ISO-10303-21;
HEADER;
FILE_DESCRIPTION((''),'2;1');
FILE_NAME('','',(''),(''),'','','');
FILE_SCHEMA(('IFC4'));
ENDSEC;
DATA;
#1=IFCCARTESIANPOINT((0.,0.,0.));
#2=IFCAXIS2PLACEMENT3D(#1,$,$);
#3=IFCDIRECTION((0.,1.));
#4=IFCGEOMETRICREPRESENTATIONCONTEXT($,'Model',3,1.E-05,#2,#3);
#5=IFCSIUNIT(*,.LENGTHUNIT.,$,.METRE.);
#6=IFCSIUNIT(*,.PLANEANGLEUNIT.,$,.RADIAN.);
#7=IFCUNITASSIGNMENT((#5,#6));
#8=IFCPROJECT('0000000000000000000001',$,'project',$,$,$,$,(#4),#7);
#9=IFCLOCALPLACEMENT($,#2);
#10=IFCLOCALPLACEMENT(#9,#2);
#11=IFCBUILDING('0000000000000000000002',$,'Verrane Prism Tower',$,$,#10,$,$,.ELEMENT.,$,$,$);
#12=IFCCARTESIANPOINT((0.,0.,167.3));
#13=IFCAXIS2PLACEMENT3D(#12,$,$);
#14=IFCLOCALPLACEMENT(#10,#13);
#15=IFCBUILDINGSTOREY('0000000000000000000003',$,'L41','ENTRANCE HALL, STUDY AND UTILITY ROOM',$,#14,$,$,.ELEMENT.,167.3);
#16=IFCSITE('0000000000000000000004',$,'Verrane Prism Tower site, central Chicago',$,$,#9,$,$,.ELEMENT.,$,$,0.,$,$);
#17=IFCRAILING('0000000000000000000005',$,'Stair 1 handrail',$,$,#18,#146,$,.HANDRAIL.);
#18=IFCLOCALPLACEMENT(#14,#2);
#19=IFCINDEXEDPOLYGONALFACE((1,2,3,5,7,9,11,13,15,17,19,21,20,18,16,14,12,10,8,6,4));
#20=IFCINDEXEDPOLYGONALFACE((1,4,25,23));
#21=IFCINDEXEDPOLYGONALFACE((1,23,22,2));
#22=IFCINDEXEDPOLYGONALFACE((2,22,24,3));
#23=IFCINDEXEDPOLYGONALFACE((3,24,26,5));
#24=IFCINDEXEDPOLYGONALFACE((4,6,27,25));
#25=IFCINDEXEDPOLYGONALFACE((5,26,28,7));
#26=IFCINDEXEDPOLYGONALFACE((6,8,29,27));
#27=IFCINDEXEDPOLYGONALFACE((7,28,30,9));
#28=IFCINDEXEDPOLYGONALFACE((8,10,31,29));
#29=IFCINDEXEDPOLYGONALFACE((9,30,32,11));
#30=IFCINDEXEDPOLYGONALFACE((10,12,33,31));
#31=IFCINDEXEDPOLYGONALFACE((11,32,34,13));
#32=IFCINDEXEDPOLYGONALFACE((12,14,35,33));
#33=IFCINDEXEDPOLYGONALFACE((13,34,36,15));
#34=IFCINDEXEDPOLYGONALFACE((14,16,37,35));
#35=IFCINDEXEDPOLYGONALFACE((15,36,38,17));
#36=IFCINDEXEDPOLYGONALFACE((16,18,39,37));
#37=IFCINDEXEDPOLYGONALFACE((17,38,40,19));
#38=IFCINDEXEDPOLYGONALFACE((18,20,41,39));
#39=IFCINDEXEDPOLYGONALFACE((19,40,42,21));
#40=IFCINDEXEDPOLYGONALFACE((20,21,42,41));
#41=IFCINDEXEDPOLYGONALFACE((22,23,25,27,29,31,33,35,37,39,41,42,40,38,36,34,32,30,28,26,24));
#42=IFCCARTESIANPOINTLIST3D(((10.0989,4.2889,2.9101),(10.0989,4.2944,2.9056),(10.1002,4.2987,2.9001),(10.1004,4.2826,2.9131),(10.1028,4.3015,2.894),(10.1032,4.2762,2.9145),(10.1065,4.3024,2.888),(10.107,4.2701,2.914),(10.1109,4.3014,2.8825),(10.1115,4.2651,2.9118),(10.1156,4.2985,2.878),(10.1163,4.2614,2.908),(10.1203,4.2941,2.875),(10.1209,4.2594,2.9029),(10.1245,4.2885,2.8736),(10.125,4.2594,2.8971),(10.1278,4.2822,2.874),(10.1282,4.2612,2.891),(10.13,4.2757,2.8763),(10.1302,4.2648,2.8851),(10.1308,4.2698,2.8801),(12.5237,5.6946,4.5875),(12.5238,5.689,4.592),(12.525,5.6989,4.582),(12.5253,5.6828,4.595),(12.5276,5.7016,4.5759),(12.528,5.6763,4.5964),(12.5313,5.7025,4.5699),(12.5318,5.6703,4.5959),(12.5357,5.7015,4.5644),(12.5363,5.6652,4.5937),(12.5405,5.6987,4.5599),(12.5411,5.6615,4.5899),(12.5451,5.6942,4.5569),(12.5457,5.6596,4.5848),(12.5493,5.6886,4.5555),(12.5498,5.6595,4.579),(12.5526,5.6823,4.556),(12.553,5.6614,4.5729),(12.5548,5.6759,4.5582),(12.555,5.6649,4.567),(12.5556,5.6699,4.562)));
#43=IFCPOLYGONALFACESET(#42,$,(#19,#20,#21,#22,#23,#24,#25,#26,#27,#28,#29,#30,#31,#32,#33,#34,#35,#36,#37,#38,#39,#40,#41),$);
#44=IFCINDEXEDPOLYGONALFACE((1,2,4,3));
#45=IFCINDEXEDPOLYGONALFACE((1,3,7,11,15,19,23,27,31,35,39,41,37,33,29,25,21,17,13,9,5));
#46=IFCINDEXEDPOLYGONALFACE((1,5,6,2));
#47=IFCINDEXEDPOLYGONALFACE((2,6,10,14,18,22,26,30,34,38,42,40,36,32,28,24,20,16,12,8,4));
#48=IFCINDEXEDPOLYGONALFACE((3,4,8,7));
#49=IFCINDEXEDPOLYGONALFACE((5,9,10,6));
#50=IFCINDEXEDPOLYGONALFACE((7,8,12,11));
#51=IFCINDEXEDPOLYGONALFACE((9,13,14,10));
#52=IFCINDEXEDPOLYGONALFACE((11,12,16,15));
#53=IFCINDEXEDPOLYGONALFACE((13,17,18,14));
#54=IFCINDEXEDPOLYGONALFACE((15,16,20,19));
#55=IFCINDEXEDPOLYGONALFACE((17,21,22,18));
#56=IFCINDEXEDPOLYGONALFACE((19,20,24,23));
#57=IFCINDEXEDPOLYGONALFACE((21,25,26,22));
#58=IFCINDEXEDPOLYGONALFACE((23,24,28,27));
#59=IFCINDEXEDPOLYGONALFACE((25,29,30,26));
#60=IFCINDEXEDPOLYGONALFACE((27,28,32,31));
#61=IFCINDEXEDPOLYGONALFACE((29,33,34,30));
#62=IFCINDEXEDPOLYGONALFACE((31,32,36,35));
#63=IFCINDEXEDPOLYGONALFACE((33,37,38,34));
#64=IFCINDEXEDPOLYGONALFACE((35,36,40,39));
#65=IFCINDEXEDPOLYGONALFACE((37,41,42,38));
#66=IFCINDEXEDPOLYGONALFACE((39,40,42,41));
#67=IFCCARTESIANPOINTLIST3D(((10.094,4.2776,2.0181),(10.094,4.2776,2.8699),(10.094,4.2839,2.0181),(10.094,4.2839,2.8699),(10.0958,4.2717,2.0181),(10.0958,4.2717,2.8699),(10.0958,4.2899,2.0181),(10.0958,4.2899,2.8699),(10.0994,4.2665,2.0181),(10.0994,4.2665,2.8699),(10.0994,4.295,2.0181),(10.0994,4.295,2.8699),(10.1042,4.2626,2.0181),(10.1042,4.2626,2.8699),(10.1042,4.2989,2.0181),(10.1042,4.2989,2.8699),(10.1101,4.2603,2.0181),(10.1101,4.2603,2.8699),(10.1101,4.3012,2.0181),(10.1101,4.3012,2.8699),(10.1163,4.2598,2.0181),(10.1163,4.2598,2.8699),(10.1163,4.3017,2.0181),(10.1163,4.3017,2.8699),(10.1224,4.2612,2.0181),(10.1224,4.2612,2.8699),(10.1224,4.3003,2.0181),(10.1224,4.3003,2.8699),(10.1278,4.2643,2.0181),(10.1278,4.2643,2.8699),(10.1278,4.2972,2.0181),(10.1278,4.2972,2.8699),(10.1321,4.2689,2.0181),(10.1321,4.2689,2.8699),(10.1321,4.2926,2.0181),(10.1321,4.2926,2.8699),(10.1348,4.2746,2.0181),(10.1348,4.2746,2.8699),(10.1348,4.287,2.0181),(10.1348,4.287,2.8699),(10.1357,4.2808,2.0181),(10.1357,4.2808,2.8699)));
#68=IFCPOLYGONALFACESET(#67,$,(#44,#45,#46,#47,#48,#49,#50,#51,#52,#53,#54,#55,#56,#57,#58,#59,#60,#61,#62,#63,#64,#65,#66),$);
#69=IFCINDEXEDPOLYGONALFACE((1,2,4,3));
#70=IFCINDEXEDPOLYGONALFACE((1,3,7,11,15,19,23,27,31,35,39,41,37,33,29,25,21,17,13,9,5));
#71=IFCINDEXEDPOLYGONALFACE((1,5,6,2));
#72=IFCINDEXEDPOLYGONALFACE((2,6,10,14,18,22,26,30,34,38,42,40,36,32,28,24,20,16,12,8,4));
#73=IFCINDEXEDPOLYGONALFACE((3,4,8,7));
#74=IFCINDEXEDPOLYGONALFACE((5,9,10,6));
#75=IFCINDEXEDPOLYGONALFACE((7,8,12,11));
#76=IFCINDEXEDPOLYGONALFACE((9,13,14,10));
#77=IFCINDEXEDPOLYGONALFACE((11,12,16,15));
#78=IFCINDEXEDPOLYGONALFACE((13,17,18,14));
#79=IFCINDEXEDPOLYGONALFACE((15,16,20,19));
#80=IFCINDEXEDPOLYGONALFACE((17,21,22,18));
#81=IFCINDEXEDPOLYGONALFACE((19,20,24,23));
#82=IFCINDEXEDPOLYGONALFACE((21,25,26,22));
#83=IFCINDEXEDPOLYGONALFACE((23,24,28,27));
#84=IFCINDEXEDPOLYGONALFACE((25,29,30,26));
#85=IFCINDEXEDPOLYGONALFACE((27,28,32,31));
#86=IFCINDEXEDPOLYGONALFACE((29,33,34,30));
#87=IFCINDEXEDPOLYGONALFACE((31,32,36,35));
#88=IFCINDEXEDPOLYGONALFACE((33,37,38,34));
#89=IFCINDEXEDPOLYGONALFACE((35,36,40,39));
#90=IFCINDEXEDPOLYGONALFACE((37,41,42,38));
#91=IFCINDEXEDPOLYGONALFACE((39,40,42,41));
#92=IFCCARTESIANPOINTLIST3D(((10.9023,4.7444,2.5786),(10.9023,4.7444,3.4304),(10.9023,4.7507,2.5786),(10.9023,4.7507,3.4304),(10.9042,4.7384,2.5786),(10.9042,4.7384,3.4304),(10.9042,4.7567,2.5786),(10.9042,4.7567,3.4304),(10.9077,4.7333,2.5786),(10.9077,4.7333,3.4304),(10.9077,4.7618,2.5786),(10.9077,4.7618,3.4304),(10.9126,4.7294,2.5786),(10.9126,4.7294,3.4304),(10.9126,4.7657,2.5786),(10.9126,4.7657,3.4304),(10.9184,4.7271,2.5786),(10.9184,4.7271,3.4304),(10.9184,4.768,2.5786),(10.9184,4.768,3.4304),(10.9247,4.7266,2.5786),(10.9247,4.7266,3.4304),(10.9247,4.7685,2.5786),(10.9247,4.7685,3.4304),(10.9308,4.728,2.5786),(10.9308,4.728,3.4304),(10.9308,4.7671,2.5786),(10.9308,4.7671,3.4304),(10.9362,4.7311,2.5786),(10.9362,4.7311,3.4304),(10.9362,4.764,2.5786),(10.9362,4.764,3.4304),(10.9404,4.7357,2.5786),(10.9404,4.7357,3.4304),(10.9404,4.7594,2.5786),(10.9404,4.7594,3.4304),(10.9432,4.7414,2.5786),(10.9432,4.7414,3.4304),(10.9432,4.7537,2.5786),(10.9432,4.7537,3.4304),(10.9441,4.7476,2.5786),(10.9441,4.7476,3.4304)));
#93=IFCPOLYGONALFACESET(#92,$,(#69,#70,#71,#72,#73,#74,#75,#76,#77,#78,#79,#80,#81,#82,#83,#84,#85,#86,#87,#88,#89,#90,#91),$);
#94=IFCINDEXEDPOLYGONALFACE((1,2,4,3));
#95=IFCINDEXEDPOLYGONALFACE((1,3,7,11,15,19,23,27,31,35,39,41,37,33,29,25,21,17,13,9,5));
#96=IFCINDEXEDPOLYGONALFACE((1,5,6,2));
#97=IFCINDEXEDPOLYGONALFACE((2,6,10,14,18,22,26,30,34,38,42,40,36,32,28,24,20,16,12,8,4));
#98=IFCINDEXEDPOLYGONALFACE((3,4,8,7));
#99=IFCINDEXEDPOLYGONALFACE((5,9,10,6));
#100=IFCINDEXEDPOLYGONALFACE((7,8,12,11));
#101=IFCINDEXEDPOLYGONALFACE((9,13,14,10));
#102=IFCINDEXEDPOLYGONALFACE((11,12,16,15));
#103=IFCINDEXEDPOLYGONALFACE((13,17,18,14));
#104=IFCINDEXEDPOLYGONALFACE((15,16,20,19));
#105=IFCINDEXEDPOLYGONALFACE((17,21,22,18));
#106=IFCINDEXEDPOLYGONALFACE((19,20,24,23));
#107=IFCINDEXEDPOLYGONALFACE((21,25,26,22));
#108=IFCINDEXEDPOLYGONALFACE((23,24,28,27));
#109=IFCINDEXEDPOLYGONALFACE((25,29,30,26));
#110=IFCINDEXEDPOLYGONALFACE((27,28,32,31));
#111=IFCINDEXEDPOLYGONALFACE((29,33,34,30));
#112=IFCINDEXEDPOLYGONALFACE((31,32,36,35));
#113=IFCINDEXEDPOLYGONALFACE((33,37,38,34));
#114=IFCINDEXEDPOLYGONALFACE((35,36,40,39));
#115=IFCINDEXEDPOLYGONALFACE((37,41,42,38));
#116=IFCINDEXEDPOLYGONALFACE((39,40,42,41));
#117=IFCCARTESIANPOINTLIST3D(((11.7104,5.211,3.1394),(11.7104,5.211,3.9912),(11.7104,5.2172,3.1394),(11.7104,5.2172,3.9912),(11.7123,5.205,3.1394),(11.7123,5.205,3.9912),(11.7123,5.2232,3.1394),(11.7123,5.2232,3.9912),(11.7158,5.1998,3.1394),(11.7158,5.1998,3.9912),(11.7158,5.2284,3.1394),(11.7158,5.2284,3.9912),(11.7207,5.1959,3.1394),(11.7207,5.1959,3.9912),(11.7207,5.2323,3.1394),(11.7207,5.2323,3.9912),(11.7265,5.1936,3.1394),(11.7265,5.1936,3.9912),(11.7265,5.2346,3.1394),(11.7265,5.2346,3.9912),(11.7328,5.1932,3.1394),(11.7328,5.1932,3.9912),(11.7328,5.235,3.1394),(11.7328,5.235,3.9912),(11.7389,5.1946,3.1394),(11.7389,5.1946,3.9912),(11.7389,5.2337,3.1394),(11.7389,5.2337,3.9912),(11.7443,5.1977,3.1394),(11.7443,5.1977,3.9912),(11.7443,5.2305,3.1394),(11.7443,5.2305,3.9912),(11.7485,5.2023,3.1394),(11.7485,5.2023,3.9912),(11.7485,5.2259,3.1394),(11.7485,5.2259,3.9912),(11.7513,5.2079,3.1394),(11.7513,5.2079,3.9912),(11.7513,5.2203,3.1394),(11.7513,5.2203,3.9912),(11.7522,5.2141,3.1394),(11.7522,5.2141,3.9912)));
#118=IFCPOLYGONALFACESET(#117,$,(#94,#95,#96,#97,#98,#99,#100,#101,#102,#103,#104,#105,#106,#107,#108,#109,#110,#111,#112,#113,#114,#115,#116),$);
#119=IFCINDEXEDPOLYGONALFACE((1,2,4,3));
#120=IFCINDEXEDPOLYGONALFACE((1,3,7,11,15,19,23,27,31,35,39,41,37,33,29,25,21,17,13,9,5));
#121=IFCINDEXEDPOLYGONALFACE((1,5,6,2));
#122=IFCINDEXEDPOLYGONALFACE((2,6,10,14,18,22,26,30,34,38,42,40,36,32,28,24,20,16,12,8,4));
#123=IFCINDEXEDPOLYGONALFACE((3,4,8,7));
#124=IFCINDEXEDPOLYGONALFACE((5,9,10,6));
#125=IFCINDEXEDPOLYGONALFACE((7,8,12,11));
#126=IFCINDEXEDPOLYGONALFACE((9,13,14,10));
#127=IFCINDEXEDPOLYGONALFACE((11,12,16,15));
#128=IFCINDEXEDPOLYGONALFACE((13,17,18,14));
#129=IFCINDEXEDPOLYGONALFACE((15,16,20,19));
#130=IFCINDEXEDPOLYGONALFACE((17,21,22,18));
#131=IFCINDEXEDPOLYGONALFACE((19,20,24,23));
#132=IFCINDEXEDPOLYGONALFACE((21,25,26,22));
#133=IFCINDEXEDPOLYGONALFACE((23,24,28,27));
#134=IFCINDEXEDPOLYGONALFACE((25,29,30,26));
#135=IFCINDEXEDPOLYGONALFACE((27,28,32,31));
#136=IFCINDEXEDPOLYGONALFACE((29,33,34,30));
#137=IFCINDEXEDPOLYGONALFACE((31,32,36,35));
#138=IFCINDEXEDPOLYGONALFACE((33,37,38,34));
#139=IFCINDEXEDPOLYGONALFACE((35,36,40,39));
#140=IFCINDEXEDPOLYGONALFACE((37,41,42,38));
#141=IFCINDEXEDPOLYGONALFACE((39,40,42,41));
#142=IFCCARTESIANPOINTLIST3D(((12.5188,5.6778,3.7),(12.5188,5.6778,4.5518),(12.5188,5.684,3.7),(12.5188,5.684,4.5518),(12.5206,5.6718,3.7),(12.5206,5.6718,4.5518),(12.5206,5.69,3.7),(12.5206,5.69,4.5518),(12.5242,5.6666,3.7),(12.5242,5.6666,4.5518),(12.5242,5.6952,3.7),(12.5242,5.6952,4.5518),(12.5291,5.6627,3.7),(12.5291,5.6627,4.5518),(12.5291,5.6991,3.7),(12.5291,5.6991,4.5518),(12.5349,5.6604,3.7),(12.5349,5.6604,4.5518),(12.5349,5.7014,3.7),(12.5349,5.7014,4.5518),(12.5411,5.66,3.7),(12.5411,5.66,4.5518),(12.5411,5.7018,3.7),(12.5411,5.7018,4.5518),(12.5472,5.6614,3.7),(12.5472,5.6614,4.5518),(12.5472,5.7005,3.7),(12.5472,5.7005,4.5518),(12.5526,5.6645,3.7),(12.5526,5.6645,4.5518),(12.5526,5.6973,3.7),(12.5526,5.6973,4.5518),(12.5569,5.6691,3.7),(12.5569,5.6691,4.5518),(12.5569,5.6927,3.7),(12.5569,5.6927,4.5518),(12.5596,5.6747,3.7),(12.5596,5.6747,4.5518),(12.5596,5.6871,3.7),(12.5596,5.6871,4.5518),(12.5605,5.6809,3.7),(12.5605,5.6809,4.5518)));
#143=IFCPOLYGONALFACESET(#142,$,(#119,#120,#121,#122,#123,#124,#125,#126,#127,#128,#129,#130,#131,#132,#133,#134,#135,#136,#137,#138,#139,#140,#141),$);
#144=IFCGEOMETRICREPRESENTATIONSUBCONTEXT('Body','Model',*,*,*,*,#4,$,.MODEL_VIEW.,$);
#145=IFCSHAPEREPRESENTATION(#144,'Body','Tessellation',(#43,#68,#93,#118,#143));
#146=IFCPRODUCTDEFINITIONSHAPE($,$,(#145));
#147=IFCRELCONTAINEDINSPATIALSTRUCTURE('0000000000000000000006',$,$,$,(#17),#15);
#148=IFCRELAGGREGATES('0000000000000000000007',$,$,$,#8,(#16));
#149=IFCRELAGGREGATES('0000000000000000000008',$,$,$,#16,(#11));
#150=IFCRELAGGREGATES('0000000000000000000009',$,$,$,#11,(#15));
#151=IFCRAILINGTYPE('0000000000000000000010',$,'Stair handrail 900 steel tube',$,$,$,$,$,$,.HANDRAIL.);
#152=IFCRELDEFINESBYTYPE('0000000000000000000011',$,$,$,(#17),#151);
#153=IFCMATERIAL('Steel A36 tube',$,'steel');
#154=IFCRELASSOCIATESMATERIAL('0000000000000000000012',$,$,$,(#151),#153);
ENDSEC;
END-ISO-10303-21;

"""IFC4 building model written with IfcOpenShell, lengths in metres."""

from ifc_helpers import new_model, si_unit, direction, frame, origin, origin_2d, place, context, subcontext, project, spatial, circle, extrude, material, type_object, element, save


model = new_model("IFC4")

# Units and contexts
model_context = context("Model", 3, precision=1e-05, world=origin(), true_north=direction((0.0, 1.0)))
body_context = subcontext(model_context, "Body", "Model", "MODEL_VIEW")
ifc_project = project(units=[si_unit("LENGTHUNIT", "METRE"), si_unit("PLANEANGLEUNIT", "RADIAN")], contexts=[model_context])

# Site, building, storey
site_placement = place(None, origin())
site = spatial("IfcSite", under=ifc_project, at=site_placement, Name="Verrane Prism Tower site, central Chicago", CompositionType="ELEMENT", RefElevation=0.0)
building_placement = place(site_placement, origin())
building = spatial("IfcBuilding", under=site, at=building_placement, Name="Verrane Prism Tower", CompositionType="ELEMENT")
storey_placement = place(building_placement, frame((0.0, 0.0, 167.3)))
storey = spatial("IfcBuildingStorey", under=building, at=storey_placement, Name="L41", Description="ENTRANCE HALL, STUDY AND UTILITY ROOM", CompositionType="ELEMENT", Elevation=167.3)

# Railing
ifc_material_1 = material(Name="Steel A36 tube", Category="steel")
railing_type_1 = type_object("IfcRailingType", Name="Stair handrail 900 steel tube", PredefinedType="HANDRAIL", material=ifc_material_1)
railing_1_placement = place(storey_placement, frame((10.1147, 4.2808, 2.0181)))
element("IfcRailing", 1, at=railing_1_placement, inside=storey, type_object=railing_type_1, Name="Stair 1 handrail", PredefinedType="HANDRAIL", context=body_context, shape_type="SweptSolid", body=[
    extrude(circle(Radius=0.0239, at=origin_2d()), frame((0.0, 0.0, 0.876), z_axis=(0.742367, 0.428662, 0.514918), x_axis=(-0.50005, 0.865997, 0.0)), (0.0, 0.0, 1.0), 3.2664),
    extrude(circle(Radius=0.021, at=origin_2d()), origin(), (0.0, 0.0, 1.0), 0.8518),
    extrude(circle(Radius=0.021, at=origin_2d()), frame((0.8083, 0.4668, 0.5605)), (0.0, 0.0, 1.0), 0.8518),
    extrude(circle(Radius=0.021, at=origin_2d()), frame((1.6165, 0.9333, 1.1213)), (0.0, 0.0, 1.0), 0.8518),
    extrude(circle(Radius=0.021, at=origin_2d()), frame((2.4248, 1.4001, 1.6819)), (0.0, 0.0, 1.0), 0.8518),
])

save(model, "model.ifc")
